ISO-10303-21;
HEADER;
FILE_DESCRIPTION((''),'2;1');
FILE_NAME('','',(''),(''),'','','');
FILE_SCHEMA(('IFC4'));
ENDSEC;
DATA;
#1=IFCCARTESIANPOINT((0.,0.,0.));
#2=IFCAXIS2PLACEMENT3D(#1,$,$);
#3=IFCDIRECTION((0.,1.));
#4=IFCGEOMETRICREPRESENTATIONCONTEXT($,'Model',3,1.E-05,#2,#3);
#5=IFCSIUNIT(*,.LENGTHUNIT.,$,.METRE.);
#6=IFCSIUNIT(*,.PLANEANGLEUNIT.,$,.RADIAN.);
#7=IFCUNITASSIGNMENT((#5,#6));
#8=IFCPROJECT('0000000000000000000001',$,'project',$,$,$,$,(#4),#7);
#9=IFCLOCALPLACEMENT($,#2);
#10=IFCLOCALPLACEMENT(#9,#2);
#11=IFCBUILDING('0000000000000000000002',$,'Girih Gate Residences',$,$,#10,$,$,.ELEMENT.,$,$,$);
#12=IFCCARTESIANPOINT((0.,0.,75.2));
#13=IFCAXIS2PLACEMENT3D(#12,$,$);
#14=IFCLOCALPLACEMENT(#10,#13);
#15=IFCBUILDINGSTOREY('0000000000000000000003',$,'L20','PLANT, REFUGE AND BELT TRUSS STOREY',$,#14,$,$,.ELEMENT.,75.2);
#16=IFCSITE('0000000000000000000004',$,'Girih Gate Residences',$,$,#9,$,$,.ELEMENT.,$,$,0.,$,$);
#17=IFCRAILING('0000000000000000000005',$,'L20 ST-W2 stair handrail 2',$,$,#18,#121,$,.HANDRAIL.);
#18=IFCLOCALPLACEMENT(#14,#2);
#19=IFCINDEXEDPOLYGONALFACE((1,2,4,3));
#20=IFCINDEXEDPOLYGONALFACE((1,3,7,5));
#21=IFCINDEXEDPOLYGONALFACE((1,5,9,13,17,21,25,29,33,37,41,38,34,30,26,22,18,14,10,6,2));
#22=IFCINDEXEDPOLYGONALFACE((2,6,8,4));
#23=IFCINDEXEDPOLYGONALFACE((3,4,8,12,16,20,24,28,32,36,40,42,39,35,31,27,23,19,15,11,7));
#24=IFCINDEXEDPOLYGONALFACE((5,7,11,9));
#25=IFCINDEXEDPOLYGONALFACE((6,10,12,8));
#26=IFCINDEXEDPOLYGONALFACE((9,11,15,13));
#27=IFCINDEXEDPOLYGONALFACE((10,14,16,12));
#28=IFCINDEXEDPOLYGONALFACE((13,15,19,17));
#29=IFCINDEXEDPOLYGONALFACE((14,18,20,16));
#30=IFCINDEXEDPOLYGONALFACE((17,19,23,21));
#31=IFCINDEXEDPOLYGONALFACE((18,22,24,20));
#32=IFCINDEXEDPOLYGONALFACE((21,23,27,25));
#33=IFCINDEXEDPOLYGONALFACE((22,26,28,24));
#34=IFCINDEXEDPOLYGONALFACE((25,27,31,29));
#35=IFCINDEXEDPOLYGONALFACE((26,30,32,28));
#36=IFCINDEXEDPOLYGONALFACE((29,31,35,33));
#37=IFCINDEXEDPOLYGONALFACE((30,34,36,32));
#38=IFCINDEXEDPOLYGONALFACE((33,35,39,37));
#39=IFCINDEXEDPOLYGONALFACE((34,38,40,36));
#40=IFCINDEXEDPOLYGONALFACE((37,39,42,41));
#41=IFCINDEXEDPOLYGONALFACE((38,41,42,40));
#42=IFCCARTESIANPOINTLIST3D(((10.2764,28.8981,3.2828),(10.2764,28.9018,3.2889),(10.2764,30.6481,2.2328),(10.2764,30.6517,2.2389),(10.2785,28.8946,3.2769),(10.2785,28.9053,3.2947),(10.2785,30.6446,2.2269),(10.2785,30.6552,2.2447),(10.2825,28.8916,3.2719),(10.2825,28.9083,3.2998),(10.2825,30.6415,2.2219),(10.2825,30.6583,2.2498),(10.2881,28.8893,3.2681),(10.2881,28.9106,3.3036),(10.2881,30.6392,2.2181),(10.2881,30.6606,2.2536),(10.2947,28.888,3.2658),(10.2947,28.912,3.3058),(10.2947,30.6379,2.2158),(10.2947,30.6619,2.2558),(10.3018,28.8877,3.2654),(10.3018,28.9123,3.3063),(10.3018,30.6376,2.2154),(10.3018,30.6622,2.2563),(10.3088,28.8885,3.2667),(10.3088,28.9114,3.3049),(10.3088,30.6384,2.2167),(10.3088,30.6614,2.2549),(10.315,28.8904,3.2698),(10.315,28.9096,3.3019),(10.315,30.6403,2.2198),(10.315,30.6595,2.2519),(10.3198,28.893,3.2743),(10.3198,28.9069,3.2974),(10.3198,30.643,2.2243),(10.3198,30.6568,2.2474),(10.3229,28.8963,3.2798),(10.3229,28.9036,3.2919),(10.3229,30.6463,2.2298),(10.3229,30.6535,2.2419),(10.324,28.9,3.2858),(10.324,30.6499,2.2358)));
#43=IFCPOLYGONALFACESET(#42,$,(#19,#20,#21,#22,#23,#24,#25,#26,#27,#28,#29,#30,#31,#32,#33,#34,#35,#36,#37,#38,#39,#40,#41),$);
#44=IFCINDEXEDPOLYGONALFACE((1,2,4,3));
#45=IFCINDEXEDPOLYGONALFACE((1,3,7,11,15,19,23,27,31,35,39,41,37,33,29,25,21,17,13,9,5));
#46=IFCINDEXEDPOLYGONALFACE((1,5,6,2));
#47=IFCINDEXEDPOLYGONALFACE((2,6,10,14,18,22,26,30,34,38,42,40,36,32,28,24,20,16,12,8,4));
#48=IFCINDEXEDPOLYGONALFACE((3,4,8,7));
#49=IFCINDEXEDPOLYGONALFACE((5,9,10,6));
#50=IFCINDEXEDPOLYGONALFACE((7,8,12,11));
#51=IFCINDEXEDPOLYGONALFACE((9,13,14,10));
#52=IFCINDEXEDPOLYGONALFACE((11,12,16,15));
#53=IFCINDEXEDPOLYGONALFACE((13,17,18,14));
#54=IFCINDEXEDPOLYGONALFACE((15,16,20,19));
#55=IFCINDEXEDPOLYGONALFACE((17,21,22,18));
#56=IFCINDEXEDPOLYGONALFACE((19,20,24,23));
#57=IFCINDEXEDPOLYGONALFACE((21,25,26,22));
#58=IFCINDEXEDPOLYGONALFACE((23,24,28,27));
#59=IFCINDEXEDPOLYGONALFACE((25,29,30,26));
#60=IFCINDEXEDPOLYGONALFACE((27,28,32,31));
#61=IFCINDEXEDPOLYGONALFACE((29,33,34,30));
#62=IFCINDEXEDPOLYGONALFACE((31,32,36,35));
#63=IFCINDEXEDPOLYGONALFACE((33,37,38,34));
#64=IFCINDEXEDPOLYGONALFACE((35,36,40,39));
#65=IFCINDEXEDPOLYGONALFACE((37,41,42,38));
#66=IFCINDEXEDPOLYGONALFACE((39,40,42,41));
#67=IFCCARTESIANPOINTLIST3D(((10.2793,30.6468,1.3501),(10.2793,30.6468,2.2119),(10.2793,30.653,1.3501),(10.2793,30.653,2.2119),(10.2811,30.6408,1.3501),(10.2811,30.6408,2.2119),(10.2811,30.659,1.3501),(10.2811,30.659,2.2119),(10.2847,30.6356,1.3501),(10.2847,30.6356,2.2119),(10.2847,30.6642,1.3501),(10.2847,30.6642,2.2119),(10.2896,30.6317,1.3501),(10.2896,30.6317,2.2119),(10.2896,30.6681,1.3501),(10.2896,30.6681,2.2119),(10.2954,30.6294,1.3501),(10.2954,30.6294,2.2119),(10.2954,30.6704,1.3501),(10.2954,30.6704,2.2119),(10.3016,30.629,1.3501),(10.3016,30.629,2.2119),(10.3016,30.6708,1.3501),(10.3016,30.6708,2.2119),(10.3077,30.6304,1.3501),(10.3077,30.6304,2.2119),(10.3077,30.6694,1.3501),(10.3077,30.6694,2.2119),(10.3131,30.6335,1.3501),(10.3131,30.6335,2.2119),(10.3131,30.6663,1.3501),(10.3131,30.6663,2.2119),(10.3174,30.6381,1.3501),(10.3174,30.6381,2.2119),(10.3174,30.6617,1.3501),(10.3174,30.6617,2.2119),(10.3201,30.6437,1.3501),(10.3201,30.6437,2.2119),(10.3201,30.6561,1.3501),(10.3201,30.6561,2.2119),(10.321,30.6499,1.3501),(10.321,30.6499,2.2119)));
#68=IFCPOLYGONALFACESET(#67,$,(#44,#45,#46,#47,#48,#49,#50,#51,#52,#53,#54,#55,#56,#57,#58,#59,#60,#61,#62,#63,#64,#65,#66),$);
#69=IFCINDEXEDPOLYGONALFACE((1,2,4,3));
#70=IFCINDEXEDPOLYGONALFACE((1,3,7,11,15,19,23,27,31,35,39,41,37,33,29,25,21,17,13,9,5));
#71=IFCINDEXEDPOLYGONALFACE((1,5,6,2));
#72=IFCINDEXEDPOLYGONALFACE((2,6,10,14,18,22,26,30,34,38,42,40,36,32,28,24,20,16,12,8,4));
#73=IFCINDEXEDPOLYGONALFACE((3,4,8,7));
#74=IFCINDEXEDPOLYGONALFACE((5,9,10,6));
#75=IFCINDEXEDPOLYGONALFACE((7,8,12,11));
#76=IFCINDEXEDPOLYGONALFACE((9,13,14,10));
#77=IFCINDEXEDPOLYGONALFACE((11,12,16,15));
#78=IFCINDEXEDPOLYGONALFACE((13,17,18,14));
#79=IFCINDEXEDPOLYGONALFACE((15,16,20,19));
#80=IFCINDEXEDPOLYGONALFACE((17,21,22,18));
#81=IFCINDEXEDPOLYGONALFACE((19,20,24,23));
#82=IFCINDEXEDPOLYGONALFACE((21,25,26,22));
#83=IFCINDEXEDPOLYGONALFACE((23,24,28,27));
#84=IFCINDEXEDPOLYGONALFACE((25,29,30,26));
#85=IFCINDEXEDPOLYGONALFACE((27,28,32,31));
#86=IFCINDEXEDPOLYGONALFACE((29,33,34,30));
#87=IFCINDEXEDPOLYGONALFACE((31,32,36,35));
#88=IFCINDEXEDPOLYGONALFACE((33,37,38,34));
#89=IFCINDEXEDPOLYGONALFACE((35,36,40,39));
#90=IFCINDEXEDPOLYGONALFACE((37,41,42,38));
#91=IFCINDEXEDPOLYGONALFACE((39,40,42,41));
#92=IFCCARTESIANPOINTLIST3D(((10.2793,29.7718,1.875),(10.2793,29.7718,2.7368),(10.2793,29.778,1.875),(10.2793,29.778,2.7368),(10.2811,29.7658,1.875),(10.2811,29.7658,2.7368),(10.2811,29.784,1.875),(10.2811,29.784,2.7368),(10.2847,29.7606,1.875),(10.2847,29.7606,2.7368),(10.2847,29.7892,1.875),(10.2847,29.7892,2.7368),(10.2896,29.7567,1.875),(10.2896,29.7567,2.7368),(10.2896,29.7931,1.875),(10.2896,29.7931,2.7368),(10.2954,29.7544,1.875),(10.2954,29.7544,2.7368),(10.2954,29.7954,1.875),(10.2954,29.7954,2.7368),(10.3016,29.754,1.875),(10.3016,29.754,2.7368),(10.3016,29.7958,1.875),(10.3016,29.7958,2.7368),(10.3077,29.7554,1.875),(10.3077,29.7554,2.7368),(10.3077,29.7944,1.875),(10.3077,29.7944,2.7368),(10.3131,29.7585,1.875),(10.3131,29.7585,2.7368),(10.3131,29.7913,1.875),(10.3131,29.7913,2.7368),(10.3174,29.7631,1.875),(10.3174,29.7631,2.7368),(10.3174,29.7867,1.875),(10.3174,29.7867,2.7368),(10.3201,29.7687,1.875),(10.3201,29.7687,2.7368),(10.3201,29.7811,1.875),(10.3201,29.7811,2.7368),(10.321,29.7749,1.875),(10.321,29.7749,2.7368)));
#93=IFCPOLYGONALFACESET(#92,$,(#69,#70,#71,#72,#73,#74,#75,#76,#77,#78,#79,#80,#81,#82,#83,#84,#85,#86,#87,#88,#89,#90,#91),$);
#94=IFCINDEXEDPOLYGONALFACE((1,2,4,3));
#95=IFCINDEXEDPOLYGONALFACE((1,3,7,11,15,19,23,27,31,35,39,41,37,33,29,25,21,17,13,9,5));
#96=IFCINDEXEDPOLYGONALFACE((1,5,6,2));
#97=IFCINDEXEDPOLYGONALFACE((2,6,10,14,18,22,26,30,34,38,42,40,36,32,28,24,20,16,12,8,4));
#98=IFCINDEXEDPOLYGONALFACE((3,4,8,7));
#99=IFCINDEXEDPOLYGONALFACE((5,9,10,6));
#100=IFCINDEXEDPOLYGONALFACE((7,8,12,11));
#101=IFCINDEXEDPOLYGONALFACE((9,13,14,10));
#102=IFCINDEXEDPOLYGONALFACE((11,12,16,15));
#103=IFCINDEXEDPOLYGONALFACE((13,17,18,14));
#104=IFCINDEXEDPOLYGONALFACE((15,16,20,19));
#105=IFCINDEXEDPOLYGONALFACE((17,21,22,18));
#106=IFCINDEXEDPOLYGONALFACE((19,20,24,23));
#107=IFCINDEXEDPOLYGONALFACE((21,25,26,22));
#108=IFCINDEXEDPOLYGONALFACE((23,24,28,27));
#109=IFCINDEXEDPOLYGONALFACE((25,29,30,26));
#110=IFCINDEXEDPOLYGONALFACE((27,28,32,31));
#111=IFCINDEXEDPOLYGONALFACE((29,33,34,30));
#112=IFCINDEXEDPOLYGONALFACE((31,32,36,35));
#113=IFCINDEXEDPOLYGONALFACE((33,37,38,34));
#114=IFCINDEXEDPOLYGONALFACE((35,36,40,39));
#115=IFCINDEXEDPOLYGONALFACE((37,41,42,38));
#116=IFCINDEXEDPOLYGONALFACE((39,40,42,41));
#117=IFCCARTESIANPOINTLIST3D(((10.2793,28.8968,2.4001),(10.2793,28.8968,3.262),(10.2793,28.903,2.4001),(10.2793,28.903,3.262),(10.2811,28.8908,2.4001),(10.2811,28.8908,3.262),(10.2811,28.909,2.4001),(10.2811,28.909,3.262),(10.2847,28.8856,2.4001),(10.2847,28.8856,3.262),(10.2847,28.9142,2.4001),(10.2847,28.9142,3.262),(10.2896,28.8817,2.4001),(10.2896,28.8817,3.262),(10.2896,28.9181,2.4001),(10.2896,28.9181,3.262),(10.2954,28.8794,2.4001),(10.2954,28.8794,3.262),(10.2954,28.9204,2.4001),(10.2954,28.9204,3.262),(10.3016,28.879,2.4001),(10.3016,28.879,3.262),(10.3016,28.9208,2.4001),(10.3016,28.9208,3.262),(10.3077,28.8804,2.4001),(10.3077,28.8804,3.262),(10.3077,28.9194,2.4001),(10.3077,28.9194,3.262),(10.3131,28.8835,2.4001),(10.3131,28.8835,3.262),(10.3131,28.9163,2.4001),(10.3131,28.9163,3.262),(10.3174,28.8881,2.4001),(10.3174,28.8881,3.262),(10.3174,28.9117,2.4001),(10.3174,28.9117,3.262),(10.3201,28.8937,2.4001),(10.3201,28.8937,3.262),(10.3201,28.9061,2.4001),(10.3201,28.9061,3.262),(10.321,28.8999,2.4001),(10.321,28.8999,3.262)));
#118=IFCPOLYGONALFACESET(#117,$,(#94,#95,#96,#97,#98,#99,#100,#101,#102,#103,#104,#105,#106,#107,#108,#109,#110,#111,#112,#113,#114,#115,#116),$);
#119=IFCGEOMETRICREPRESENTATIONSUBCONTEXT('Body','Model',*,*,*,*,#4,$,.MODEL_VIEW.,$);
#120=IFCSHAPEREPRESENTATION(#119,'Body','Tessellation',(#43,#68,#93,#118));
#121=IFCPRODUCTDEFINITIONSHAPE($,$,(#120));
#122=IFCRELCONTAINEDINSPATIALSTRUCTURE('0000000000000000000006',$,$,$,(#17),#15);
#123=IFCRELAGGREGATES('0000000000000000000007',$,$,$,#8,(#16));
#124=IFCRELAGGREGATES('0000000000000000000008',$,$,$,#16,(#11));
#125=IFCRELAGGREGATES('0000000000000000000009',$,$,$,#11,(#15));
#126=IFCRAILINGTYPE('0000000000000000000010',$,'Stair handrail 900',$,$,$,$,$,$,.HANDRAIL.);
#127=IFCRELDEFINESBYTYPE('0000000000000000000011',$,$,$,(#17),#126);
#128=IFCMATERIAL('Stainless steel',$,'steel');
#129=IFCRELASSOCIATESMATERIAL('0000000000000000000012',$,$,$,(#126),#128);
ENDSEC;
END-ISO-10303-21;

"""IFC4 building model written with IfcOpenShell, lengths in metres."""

from ifc_helpers import new_model, si_unit, direction, frame, origin, origin_2d, place, context, subcontext, project, spatial, circle, extrude, material, type_object, element, save


model = new_model("IFC4")

# Units and contexts
model_context = context("Model", 3, precision=1e-05, world=origin(), true_north=direction((0.0, 1.0)))
body_context = subcontext(model_context, "Body", "Model", "MODEL_VIEW")
ifc_project = project(units=[si_unit("LENGTHUNIT", "METRE"), si_unit("PLANEANGLEUNIT", "RADIAN")], contexts=[model_context])

# Site, building, storey
site_placement = place(None, origin())
site = spatial("IfcSite", under=ifc_project, at=site_placement, Name="Girih Gate Residences", CompositionType="ELEMENT", RefElevation=0.0)
building_placement = place(site_placement, origin())
building = spatial("IfcBuilding", under=site, at=building_placement, Name="Girih Gate Residences", CompositionType="ELEMENT")
storey_placement = place(building_placement, frame((0.0, 0.0, 75.2)))
storey = spatial("IfcBuildingStorey", under=building, at=storey_placement, Name="L20", Description="PLANT, REFUGE AND BELT TRUSS STOREY", CompositionType="ELEMENT", Elevation=75.2)

# Railing
ifc_material_1 = material(Name="Stainless steel", Category="steel")
railing_type_1 = type_object("IfcRailingType", Name="Stair handrail 900", PredefinedType="HANDRAIL", material=ifc_material_1)
railing_1_placement = place(storey_placement, frame((10.3, 30.6499, 1.3501)))
element("IfcRailing", 1, at=railing_1_placement, inside=storey, type_object=railing_type_1, Name="L20 ST-W2 stair handrail 2", PredefinedType="HANDRAIL", context=body_context, shape_type="SweptSolid", body=[
    extrude(circle(Radius=0.0239, at=origin_2d()), frame((0.0, 0.0, 0.8857), z_axis=(0.0, -0.857482, 0.514513), x_axis=(1.0, 0.0, 0.0)), (0.0, 0.0, 1.0), 2.0408),
    extrude(circle(Radius=0.021, at=origin_2d()), origin(), (0.0, 0.0, 1.0), 0.8618),
    extrude(circle(Radius=0.021, at=origin_2d()), frame((0.0, -0.875, 0.5249)), (0.0, 0.0, 1.0), 0.8618),
    extrude(circle(Radius=0.021, at=origin_2d()), frame((0.0, -1.75, 1.05)), (0.0, 0.0, 1.0), 0.8618),
])

save(model, "model.ifc")
